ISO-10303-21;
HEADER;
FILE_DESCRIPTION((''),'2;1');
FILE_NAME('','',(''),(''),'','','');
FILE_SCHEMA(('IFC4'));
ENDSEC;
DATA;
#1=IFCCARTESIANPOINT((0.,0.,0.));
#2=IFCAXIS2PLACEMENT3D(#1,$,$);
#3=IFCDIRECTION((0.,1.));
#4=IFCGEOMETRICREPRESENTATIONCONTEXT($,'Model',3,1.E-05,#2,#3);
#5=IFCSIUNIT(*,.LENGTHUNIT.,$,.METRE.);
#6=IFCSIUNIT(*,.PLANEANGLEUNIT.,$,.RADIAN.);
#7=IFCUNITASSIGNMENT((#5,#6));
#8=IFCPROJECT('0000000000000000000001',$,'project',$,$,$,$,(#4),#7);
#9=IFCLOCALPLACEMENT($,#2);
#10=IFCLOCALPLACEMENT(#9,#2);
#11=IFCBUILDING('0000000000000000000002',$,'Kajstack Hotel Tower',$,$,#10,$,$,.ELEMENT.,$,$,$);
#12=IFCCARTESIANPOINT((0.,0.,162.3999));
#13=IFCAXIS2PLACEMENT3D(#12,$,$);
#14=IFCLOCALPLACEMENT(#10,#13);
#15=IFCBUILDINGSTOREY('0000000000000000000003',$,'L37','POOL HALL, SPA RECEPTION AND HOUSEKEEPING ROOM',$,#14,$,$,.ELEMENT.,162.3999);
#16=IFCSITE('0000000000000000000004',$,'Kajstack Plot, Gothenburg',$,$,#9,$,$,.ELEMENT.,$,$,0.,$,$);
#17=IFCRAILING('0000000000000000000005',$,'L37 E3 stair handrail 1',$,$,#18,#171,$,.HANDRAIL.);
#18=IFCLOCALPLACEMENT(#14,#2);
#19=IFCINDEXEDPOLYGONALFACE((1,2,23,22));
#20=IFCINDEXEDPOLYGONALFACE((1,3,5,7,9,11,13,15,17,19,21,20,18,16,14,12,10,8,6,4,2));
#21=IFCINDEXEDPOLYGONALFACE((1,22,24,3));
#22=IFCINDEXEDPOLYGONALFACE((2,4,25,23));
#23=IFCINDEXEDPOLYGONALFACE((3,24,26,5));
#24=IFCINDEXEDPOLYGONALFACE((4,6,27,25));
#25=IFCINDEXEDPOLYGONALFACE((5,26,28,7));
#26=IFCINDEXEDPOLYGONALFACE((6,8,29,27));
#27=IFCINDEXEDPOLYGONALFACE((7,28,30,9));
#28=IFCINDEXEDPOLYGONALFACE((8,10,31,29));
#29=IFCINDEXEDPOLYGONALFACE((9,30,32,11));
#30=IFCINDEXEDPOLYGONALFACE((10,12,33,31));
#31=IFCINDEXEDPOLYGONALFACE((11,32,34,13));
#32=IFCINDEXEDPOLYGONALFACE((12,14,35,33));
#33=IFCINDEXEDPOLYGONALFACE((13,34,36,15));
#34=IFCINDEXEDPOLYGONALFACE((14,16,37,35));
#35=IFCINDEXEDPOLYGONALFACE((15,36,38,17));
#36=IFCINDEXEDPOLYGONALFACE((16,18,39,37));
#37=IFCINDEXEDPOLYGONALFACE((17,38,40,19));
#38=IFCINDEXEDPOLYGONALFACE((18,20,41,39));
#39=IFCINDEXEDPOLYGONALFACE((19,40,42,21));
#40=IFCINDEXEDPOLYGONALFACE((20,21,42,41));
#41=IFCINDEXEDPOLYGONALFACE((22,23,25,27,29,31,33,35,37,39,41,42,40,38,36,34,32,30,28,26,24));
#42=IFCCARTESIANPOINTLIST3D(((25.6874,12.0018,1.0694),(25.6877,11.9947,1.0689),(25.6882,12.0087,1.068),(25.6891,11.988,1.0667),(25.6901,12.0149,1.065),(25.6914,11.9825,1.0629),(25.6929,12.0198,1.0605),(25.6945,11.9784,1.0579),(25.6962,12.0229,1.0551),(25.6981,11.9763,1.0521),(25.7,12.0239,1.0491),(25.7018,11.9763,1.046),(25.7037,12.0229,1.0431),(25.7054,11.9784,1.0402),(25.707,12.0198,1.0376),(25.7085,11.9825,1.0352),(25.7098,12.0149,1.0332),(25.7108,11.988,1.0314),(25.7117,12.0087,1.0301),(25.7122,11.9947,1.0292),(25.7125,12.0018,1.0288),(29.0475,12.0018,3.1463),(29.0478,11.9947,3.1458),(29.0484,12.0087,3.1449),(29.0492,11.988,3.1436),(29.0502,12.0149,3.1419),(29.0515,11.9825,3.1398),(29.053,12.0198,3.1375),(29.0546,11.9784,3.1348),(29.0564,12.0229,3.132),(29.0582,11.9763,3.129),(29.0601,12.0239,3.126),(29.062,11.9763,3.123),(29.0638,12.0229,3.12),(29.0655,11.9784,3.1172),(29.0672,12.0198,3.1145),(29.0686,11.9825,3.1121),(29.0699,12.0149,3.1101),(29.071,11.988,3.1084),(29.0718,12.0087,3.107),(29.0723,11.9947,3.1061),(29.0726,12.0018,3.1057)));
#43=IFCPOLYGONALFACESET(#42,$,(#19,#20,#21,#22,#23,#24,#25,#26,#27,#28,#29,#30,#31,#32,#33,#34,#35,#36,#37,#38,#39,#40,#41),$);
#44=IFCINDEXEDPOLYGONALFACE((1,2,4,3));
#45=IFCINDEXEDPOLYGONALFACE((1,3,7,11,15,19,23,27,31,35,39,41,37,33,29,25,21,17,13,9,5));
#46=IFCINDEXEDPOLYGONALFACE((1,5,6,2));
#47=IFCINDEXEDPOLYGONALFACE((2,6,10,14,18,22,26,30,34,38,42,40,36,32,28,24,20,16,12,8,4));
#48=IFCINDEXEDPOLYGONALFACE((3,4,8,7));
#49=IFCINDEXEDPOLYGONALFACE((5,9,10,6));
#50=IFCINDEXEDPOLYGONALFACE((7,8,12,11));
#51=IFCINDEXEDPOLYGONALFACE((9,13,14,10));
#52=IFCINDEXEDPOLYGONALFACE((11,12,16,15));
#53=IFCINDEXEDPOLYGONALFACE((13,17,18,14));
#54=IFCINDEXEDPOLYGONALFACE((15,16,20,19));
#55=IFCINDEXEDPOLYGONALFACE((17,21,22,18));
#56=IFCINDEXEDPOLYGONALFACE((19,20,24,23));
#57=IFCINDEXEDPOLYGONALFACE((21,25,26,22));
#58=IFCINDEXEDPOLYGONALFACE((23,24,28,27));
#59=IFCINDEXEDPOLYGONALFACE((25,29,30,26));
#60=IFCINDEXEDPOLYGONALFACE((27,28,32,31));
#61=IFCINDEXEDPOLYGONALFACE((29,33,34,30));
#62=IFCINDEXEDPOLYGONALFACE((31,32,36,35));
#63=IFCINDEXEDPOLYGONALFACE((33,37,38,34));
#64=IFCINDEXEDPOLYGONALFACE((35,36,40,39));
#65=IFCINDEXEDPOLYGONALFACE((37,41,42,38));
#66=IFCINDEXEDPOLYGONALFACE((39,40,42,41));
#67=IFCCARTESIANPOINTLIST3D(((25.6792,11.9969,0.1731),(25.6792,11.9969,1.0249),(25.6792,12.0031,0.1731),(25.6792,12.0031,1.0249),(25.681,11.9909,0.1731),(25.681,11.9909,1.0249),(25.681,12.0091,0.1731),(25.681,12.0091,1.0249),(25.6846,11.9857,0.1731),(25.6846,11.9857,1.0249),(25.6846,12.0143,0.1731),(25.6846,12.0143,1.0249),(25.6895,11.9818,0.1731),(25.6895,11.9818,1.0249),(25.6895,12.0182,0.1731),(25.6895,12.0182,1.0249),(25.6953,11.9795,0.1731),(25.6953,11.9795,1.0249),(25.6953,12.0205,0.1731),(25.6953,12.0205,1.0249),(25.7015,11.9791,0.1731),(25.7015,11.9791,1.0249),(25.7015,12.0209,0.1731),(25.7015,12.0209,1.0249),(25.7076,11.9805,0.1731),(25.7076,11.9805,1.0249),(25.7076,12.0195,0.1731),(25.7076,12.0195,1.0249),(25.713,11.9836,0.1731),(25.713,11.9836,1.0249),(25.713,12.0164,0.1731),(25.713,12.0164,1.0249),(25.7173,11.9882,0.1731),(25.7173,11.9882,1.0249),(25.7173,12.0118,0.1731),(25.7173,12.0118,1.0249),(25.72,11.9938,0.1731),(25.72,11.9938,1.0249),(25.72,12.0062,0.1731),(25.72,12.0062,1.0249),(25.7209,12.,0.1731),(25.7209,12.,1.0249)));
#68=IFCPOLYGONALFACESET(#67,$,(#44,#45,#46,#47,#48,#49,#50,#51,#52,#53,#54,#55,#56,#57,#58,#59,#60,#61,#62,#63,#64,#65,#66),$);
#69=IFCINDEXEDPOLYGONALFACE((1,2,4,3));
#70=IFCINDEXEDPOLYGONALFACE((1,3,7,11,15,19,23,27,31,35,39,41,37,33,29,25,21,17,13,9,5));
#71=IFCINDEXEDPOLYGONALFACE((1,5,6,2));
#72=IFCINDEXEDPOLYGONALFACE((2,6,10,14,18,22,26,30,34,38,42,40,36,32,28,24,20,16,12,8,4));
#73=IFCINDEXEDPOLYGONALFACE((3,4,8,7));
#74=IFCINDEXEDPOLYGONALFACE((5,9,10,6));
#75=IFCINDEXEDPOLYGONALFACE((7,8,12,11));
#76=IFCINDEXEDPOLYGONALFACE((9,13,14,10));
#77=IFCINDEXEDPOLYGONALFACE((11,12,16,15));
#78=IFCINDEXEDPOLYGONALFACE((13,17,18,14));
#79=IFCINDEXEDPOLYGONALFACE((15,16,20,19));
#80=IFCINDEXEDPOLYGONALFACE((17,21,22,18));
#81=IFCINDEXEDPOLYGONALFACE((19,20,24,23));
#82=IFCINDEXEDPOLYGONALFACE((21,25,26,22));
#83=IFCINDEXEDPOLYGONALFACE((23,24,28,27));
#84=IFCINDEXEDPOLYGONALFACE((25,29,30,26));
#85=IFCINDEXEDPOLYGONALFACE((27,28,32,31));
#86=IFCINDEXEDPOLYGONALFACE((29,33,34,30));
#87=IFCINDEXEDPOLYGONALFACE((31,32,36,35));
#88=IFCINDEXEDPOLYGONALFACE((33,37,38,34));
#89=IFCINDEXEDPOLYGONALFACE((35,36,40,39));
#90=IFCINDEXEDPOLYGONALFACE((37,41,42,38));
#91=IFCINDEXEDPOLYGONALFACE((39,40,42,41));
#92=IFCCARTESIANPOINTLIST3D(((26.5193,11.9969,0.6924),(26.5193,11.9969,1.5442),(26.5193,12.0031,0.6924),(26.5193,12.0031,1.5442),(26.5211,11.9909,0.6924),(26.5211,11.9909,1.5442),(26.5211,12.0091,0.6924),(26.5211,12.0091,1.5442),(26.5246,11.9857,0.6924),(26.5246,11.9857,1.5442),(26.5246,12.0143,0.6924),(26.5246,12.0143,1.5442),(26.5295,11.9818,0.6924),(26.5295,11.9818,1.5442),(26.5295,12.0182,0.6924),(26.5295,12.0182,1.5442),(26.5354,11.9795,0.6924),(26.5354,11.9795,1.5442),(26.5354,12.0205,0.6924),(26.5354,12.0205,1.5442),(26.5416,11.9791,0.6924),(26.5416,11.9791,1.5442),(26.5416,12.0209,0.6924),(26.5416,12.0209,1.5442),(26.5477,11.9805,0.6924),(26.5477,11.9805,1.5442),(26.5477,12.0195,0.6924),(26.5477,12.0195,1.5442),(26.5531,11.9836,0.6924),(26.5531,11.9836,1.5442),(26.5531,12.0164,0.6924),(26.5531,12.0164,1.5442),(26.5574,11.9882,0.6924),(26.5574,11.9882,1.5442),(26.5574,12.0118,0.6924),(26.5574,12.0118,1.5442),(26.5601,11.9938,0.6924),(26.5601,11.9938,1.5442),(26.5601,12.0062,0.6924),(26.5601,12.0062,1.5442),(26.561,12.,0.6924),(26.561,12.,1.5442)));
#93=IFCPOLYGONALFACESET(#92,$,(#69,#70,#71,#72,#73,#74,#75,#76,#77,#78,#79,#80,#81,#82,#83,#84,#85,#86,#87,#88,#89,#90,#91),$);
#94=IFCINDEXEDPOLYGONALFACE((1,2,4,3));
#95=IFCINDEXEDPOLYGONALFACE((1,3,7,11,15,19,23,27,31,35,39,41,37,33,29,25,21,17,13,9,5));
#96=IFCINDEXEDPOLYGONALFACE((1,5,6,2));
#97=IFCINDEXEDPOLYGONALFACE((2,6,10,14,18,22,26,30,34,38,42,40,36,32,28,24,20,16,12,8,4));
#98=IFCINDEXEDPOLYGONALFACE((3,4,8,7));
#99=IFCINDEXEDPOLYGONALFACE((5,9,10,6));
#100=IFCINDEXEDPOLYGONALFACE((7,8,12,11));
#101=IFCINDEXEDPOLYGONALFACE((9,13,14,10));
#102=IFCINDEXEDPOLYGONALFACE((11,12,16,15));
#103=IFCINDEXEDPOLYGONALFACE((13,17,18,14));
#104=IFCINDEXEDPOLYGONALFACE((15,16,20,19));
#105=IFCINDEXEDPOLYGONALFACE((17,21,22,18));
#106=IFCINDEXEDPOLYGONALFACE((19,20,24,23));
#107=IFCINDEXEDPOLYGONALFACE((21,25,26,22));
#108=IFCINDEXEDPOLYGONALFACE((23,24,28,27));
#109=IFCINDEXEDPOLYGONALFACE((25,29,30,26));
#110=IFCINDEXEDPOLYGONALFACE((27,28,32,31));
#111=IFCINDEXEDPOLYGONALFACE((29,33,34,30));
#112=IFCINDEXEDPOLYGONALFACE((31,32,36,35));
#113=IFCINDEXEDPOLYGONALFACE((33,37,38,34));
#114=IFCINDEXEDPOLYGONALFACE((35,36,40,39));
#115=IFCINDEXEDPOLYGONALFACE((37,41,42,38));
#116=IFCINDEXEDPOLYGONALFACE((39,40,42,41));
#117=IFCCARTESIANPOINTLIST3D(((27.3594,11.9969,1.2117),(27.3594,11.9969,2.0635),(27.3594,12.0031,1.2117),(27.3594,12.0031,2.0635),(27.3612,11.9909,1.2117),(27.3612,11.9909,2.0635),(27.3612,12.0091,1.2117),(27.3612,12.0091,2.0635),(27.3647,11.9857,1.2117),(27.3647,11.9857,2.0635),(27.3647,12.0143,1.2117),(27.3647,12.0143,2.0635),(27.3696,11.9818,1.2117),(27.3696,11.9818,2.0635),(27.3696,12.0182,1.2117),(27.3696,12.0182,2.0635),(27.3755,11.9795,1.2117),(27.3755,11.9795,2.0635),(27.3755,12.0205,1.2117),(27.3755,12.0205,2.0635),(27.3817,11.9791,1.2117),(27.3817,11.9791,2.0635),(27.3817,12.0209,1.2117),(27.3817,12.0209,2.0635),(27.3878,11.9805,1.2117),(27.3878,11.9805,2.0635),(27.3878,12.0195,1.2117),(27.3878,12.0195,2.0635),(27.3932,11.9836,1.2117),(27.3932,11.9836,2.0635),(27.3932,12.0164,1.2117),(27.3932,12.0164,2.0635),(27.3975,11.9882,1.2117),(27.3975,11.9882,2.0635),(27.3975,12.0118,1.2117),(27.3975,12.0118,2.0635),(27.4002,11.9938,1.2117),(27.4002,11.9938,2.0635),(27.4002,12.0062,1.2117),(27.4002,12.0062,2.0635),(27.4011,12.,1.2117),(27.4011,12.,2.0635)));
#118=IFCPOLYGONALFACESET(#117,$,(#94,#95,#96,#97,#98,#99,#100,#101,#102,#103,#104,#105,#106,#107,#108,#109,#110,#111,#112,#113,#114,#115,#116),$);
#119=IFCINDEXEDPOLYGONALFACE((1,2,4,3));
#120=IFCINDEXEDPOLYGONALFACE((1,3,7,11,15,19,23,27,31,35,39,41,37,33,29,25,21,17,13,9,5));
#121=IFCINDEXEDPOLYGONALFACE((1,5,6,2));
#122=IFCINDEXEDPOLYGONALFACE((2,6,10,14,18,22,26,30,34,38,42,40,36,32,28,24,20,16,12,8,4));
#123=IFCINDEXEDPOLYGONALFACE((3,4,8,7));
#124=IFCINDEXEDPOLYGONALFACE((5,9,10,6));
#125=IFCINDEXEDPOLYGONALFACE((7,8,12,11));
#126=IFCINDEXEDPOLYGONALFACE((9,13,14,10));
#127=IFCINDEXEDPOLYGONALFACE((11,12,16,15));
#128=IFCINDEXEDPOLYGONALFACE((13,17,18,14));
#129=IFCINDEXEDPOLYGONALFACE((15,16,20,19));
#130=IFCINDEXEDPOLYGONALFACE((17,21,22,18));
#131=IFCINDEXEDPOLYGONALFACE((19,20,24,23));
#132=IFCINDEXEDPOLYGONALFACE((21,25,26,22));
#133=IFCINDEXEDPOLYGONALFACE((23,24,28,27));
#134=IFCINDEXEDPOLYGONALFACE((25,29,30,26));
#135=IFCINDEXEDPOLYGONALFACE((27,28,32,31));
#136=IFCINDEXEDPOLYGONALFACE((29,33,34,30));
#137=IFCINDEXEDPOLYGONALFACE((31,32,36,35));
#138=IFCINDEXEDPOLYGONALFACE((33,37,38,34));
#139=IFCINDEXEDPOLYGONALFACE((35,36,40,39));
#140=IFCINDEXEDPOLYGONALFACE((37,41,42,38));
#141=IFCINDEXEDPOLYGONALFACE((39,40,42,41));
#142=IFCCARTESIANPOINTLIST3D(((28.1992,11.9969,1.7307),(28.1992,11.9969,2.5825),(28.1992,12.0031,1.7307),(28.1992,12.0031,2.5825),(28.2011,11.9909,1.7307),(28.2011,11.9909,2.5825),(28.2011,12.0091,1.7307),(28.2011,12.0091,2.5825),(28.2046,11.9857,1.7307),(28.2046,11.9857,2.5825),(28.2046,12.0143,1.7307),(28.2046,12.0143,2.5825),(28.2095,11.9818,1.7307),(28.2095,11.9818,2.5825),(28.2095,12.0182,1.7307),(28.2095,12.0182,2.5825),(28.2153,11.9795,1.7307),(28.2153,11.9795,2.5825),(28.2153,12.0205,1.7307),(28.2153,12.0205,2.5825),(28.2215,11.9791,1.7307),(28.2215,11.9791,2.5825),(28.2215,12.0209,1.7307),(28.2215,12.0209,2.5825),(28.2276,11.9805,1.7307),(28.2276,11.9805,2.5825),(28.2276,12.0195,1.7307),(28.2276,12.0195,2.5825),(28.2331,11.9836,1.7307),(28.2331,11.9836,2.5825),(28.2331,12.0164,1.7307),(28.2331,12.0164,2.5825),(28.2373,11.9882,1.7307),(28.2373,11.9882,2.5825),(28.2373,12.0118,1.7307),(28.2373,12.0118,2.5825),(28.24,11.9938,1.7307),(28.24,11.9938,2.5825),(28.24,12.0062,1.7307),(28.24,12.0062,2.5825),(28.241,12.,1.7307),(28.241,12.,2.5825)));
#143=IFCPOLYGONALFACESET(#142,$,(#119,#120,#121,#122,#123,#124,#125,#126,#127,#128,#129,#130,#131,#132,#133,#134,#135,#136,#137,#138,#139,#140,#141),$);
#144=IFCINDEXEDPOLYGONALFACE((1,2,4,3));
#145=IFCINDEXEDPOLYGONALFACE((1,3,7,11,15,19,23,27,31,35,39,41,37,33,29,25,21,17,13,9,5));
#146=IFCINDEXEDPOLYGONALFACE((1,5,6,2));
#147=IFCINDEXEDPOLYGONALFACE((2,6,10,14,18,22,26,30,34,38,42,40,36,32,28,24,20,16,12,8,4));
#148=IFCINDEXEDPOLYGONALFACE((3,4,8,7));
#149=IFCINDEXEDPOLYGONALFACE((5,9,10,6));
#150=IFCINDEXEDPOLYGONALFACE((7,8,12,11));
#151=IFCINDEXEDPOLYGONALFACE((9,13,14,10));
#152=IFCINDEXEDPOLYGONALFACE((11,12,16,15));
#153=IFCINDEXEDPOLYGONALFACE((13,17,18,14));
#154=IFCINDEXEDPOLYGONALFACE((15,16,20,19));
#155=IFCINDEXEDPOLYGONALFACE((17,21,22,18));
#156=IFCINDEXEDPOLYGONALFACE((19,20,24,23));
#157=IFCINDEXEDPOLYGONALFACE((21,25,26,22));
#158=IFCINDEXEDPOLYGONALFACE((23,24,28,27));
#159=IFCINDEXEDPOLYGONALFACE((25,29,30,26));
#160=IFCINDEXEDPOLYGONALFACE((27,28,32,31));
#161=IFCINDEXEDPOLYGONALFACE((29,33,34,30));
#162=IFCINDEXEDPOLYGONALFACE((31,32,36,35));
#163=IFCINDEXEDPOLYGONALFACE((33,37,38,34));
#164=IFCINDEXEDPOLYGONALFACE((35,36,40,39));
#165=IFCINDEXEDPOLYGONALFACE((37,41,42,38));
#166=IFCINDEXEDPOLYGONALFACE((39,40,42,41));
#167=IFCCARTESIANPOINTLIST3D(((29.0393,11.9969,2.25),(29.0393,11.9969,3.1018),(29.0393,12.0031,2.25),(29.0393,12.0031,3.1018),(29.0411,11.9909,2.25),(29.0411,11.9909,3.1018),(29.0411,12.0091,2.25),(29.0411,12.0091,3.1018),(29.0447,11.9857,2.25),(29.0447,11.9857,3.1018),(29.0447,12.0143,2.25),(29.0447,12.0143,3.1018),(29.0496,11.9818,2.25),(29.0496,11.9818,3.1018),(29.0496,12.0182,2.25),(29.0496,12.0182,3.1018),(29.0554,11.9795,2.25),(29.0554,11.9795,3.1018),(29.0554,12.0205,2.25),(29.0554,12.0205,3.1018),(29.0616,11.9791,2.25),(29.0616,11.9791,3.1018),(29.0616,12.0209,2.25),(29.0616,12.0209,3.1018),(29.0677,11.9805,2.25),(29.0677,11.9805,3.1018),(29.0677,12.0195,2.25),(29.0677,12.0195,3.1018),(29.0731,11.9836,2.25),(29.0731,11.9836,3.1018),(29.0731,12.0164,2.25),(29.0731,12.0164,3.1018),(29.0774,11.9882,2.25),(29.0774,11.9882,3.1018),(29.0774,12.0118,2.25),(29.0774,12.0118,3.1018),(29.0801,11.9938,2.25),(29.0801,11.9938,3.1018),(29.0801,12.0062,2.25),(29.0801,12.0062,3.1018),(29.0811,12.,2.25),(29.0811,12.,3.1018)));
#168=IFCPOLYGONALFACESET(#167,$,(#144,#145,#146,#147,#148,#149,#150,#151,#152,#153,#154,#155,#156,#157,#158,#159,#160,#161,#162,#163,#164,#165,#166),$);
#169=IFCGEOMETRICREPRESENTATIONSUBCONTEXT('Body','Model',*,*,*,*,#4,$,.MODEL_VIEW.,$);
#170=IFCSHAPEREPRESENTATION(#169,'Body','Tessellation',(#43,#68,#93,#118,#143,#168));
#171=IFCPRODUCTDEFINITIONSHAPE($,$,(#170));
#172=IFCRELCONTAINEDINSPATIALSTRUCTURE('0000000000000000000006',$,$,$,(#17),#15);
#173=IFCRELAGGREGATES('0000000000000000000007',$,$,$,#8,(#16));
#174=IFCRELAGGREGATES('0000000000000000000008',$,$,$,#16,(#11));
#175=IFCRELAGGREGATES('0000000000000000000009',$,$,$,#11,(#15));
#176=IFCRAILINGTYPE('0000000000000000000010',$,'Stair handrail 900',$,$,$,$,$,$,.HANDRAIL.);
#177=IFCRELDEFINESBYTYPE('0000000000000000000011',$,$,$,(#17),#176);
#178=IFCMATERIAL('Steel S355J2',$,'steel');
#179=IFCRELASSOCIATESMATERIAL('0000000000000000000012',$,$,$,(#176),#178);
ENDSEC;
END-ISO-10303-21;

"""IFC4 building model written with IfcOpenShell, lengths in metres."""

from ifc_helpers import new_model, si_unit, direction, frame, origin, origin_2d, place, context, subcontext, project, spatial, circle, extrude, material, type_object, element, save


model = new_model("IFC4")

# Units and contexts
model_context = context("Model", 3, precision=1e-05, world=origin(), true_north=direction((0.0, 1.0)))
body_context = subcontext(model_context, "Body", "Model", "MODEL_VIEW")
ifc_project = project(units=[si_unit("LENGTHUNIT", "METRE"), si_unit("PLANEANGLEUNIT", "RADIAN")], contexts=[model_context])

# Site, building, storey
site_placement = place(None, origin())
site = spatial("IfcSite", under=ifc_project, at=site_placement, Name="Kajstack Plot, Gothenburg", CompositionType="ELEMENT", RefElevation=0.0)
building_placement = place(site_placement, origin())
building = spatial("IfcBuilding", under=site, at=building_placement, Name="Kajstack Hotel Tower", CompositionType="ELEMENT")
storey_placement = place(building_placement, frame((0.0, 0.0, 162.3999)))
storey = spatial("IfcBuildingStorey", under=building, at=storey_placement, Name="L37", Description="POOL HALL, SPA RECEPTION AND HOUSEKEEPING ROOM", CompositionType="ELEMENT", Elevation=162.3999)

# Railing
ifc_material_1 = material(Name="Steel S355J2", Category="steel")
railing_type_1 = type_object("IfcRailingType", Name="Stair handrail 900", PredefinedType="HANDRAIL", material=ifc_material_1)
railing_1_placement = place(storey_placement, frame((25.7, 12.0, 0.1731)))
element("IfcRailing", 1, at=railing_1_placement, inside=storey, type_object=railing_type_1, Name="L37 E3 stair handrail 1", PredefinedType="HANDRAIL", context=body_context, shape_type="SweptSolid", body=[
    extrude(circle(Radius=0.0239, at=origin_2d()), frame((0.0, 0.0, 0.876), z_axis=(0.850623, 0.0, 0.525776), x_axis=(0.0, 1.0, 0.0)), (0.0, 0.0, 1.0), 3.9502),
    extrude(circle(Radius=0.021, at=origin_2d()), origin(), (0.0, 0.0, 1.0), 0.8518),
    extrude(circle(Radius=0.021, at=origin_2d()), frame((0.8401, 0.0, 0.5193)), (0.0, 0.0, 1.0), 0.8518),
    extrude(circle(Radius=0.021, at=origin_2d()), frame((1.6802, 0.0, 1.0386)), (0.0, 0.0, 1.0), 0.8518),
    extrude(circle(Radius=0.021, at=origin_2d()), frame((2.52, 0.0, 1.5576)), (0.0, 0.0, 1.0), 0.8518),
    extrude(circle(Radius=0.021, at=origin_2d()), frame((3.3601, 0.0, 2.0769)), (0.0, 0.0, 1.0), 0.8518),
])

save(model, "model.ifc")
